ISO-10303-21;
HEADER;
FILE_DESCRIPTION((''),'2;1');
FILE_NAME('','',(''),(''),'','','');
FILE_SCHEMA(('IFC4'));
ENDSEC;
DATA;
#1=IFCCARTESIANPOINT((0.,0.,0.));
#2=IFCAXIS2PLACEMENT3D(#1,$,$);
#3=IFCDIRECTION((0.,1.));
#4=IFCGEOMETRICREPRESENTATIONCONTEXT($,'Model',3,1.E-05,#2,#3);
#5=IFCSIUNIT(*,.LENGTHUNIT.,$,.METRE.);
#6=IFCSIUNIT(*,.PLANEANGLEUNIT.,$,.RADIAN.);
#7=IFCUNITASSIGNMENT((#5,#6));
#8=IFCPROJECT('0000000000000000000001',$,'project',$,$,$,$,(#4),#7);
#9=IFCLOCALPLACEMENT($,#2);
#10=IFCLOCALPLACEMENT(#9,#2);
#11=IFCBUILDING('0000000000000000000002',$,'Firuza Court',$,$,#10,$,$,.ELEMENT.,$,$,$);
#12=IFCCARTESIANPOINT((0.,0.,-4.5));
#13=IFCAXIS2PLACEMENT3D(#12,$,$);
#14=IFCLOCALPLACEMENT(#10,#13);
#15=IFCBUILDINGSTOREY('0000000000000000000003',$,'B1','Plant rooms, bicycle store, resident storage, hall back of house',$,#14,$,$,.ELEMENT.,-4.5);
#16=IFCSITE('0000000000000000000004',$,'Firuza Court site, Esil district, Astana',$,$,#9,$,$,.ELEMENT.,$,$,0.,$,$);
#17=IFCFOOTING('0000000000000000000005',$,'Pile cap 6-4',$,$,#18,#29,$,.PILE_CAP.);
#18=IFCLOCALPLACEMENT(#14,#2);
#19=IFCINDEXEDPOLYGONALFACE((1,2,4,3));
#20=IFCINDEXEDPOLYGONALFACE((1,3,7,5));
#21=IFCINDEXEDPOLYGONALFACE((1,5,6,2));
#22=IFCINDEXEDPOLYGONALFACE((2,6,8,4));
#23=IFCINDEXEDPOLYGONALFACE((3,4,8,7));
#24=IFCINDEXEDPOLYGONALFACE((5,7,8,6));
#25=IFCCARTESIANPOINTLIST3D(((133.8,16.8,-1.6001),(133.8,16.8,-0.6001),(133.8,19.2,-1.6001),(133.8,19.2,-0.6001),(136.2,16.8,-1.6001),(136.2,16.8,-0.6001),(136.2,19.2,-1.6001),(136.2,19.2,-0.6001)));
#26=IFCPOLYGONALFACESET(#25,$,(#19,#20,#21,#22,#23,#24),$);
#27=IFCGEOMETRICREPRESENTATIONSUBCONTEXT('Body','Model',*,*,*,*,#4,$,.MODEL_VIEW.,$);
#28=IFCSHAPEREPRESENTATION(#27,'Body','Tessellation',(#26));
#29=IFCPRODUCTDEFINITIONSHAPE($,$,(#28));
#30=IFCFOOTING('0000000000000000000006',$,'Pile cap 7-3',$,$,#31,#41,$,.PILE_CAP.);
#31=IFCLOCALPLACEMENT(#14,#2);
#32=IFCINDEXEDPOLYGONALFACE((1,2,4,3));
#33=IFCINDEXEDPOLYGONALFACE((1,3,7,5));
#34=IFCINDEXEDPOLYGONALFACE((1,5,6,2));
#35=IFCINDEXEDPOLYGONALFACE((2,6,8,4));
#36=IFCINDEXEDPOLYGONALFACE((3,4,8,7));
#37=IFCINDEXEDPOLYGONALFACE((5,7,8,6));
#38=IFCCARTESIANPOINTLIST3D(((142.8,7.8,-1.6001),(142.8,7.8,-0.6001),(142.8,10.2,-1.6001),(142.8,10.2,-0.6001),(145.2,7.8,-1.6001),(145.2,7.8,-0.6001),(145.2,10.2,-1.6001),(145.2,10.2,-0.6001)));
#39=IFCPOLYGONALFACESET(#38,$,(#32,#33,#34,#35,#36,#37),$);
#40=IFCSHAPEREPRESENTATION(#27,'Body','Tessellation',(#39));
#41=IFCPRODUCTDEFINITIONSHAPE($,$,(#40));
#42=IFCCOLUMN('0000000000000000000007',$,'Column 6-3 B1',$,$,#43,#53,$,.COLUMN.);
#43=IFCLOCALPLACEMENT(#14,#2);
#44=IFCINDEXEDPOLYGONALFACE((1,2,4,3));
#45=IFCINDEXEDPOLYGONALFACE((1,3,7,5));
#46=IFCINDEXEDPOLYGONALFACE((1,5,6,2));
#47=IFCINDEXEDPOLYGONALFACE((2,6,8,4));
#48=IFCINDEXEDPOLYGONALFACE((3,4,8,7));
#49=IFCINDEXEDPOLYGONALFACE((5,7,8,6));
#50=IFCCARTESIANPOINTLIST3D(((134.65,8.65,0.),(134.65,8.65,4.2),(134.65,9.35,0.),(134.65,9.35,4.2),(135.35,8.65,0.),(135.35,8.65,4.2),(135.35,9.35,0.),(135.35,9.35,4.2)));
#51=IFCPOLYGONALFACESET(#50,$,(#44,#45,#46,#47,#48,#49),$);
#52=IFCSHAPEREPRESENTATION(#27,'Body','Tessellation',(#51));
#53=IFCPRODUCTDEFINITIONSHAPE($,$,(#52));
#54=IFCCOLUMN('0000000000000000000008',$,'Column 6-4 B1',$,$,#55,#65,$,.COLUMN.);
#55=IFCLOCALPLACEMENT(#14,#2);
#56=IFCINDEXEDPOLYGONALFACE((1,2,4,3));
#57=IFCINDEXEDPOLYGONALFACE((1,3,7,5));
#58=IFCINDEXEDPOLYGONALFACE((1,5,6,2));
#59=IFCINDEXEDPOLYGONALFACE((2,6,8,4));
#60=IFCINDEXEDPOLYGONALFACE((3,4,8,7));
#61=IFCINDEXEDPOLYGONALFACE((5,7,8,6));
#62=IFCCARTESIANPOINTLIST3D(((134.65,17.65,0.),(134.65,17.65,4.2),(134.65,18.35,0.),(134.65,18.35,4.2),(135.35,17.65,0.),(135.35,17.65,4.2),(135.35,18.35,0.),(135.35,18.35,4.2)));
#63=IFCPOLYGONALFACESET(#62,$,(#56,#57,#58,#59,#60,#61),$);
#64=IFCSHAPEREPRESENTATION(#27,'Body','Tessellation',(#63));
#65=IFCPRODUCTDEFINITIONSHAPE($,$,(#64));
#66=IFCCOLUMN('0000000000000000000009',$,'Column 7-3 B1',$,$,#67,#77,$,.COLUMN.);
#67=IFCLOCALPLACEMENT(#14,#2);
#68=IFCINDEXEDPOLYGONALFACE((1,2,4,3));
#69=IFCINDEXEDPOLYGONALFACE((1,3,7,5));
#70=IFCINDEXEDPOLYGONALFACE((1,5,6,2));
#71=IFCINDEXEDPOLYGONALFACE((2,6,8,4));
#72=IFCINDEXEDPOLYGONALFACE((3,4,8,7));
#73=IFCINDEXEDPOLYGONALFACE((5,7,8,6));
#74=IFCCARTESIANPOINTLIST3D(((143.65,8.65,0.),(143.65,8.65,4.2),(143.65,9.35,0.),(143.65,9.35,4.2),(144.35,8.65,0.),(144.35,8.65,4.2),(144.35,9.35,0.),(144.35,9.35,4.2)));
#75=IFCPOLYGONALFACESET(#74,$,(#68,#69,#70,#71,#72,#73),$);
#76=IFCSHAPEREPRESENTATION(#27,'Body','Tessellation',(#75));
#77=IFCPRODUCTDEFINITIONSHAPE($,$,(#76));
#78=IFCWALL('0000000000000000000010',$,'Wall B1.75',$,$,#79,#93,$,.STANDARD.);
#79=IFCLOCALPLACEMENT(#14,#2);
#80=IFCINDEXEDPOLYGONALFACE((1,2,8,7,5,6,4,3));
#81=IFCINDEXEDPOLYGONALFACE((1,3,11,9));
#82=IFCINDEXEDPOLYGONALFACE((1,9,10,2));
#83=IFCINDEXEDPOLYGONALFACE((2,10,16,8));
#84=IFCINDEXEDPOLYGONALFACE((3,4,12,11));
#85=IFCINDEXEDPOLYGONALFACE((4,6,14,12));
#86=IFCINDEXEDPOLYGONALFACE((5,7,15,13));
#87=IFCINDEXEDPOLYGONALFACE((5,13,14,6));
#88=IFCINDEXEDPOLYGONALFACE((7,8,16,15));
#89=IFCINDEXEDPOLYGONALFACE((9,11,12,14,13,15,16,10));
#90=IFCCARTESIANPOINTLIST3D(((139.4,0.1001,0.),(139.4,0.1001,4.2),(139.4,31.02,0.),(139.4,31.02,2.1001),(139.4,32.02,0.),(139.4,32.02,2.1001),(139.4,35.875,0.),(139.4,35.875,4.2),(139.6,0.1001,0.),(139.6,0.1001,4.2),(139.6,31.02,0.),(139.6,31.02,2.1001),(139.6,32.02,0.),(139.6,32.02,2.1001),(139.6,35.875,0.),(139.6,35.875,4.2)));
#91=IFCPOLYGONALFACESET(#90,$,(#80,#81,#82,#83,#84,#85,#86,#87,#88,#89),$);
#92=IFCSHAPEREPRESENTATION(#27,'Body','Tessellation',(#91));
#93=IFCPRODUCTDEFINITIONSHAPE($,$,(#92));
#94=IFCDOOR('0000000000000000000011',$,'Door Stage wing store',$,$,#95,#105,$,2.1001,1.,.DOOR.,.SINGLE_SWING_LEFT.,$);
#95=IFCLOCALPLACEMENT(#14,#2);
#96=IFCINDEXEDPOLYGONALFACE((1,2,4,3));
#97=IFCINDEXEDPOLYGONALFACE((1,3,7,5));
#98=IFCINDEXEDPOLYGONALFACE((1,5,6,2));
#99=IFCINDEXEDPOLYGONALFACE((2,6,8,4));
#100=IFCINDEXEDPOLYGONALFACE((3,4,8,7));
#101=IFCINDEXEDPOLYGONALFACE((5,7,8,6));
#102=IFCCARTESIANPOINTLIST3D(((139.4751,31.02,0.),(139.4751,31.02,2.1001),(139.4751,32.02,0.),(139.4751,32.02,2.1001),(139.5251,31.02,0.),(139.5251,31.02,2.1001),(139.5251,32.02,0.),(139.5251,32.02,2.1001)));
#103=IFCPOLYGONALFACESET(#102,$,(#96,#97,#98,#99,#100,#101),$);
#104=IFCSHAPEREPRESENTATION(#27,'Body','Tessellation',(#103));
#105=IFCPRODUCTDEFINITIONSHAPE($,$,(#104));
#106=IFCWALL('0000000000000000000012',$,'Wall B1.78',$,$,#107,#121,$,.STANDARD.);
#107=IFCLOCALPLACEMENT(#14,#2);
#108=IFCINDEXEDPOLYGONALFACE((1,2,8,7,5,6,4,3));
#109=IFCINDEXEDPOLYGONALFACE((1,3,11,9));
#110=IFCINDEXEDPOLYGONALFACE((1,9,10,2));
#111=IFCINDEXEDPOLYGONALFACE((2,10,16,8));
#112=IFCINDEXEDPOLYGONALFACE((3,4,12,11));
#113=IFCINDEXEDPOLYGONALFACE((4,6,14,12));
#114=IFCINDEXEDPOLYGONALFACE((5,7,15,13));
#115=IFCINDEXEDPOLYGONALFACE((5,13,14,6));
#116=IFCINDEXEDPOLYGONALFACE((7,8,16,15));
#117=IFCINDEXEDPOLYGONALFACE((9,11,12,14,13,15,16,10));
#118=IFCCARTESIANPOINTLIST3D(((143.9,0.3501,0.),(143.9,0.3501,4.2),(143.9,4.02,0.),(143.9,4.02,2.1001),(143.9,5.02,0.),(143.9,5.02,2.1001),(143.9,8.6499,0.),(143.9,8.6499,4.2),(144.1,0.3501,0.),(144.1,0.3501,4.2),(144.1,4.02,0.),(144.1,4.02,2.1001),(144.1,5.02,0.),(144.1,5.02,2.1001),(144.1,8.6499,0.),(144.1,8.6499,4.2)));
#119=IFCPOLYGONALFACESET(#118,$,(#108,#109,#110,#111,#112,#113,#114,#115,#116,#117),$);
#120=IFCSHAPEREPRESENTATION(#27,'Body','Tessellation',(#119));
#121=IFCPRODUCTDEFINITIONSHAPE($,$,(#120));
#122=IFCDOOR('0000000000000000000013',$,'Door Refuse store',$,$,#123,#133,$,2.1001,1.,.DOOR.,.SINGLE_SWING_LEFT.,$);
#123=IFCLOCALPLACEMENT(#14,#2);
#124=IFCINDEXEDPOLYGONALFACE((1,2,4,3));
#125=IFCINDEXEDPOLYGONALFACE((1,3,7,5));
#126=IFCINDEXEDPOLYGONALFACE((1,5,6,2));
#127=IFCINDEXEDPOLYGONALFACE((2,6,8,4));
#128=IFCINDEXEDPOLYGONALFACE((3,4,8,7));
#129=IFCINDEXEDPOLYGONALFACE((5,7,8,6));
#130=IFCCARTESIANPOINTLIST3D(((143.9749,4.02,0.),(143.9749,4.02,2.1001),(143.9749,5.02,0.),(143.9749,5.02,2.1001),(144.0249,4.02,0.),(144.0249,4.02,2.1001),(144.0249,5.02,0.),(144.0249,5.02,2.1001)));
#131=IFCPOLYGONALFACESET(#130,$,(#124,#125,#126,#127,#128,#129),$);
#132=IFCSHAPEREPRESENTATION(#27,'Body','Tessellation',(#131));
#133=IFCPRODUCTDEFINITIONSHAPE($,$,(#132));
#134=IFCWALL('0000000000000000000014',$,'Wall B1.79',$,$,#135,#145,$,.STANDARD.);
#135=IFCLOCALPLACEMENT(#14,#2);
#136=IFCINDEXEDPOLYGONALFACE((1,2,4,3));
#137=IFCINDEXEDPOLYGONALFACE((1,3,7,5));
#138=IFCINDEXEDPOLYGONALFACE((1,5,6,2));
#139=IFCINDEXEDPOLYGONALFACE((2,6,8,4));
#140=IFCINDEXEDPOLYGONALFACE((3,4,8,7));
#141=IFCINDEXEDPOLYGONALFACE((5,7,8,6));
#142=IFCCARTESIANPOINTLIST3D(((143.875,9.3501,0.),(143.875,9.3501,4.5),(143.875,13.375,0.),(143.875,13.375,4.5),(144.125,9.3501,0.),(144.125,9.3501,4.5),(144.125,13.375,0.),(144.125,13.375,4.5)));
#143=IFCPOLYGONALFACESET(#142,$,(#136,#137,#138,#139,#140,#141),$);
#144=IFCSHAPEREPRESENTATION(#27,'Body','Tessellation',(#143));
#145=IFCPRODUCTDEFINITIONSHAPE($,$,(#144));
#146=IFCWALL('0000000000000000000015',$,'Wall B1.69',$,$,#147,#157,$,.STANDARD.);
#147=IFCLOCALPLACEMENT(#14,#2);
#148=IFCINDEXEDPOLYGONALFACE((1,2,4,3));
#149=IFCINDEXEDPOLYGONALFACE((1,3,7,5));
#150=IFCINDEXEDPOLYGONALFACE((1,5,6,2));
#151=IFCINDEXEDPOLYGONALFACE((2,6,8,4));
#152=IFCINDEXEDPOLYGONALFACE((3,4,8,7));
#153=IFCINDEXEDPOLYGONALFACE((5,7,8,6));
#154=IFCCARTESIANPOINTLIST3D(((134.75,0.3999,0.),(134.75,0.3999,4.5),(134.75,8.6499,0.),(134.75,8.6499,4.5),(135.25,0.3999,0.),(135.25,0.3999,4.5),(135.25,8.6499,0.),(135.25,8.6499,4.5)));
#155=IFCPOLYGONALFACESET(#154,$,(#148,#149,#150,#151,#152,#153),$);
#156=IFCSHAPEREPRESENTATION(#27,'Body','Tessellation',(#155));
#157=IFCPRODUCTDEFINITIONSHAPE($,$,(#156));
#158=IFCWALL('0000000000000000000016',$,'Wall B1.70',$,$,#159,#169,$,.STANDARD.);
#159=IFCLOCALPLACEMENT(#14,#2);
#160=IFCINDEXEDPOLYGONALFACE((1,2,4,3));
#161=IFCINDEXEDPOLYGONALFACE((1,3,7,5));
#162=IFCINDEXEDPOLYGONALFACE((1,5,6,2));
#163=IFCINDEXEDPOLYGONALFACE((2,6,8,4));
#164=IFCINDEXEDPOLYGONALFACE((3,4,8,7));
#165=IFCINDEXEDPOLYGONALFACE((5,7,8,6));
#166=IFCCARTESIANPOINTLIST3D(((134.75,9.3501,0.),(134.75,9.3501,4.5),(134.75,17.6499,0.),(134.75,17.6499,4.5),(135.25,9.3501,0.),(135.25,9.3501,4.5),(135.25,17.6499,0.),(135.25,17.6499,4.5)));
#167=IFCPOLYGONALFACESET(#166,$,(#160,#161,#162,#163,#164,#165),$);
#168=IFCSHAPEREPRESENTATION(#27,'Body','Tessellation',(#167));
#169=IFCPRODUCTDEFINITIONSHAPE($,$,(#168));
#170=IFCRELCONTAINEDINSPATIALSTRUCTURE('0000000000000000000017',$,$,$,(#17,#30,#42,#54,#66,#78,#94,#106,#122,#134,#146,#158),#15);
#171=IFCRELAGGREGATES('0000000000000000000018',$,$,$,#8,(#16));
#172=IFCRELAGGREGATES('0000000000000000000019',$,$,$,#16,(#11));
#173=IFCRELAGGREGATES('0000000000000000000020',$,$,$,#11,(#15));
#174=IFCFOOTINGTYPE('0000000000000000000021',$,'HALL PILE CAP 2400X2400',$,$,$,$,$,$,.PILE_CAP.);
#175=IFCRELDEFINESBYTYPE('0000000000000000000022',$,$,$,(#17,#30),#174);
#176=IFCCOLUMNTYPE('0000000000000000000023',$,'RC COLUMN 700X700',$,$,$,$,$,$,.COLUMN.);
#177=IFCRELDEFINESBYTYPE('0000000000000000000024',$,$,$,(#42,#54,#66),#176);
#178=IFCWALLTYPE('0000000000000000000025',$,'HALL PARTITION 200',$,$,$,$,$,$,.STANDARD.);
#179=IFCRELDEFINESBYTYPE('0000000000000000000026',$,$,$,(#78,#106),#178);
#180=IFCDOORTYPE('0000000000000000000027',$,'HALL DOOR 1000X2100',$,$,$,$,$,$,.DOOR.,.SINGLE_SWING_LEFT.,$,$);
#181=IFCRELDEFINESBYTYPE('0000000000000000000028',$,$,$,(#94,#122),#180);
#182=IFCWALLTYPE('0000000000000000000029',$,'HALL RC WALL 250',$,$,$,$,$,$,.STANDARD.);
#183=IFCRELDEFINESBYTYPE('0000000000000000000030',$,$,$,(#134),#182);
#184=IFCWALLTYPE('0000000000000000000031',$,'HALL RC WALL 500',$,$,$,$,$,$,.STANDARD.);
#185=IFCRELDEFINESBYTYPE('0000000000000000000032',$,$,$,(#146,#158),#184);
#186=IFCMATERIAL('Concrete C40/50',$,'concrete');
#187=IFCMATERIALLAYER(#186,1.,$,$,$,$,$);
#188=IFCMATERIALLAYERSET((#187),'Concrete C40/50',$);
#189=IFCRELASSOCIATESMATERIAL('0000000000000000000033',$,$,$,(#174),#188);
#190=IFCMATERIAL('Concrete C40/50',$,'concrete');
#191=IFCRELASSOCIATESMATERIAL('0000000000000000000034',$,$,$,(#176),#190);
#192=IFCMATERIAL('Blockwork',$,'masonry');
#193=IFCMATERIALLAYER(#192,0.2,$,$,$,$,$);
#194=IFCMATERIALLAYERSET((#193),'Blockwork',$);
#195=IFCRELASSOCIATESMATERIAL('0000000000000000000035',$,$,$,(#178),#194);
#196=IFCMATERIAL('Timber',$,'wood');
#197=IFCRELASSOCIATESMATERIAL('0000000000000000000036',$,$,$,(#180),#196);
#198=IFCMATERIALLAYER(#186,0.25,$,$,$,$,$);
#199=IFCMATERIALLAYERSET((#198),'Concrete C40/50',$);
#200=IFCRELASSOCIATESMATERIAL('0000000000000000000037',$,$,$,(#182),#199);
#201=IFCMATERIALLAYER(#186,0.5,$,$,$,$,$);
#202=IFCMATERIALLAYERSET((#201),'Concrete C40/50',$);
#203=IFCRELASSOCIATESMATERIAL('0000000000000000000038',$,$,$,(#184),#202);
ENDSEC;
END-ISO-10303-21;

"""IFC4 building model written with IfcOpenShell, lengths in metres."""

from ifc_helpers import new_model, si_unit, direction, frame, frame_2d, origin, origin_2d, place, context, subcontext, project, spatial, rectangle, extrude, material, layer, layer_set, material_profile, profile_set, type_object, element, fill, save


model = new_model("IFC4")

# Units and contexts
model_context = context("Model", 3, precision=1e-05, world=origin(), true_north=direction((0.0, 1.0)))
body_context = subcontext(model_context, "Body", "Model", "MODEL_VIEW")
ifc_project = project(units=[si_unit("LENGTHUNIT", "METRE"), si_unit("PLANEANGLEUNIT", "RADIAN")], contexts=[model_context])

# Site, building, storey
site_placement = place(None, origin())
site = spatial("IfcSite", under=ifc_project, at=site_placement, Name="Firuza Court site, Esil district, Astana", CompositionType="ELEMENT", RefElevation=0.0)
building_placement = place(site_placement, origin())
building = spatial("IfcBuilding", under=site, at=building_placement, Name="Firuza Court", CompositionType="ELEMENT")
storey_placement = place(building_placement, frame((0.0, 0.0, -4.5)))
storey = spatial("IfcBuildingStorey", under=building, at=storey_placement, Name="B1", Description="Plant rooms, bicycle store, resident storage, hall back of house", CompositionType="ELEMENT", Elevation=-4.5)

# Footings
ifc_material_1 = material(Name="Concrete C40/50", Category="concrete")
ifc_layer_1 = layer(ifc_material_1, 1.0)
ifc_layer_set_1 = layer_set([ifc_layer_1], Name="Concrete C40/50")
footing_type = type_object("IfcFootingType", Name="HALL PILE CAP 2400X2400", PredefinedType="PILE_CAP", material=ifc_layer_set_1)
for number, where, z_axis, x_axis, name in (
    (1, (135.0, 18.0, -1.6001), (0.0, 0.0, 1.0), (1.0, 0.0, 0.0), "Pile cap 6-4"),
    (2, (144.0, 9.0, -1.6001), (0.0, 0.0, 1.0), (1.0, 0.0, 0.0), "Pile cap 7-3"),
):
    element("IfcFooting", number, at=place(storey_placement, frame(where, z_axis=z_axis, x_axis=x_axis)), inside=storey, type_object=footing_type, Name=name, PredefinedType="PILE_CAP", context=body_context, shape_type="SweptSolid", body=[
        extrude(rectangle(XDim=2.3999, YDim=2.3999, at=origin_2d()), origin(), (0.0, 0.0, 1.0), 1.0),
    ])

# Columns
ifc_material_2 = material(Name="Concrete C40/50", Category="concrete")
ifc_material_profile_1 = material_profile(ifc_material_2, rectangle(XDim=0.7, YDim=0.7, at=origin_2d()), Name="RC 700X700")
ifc_profile_set_1 = profile_set([ifc_material_profile_1], Name="Concrete C40/50")
column_type = type_object("IfcColumnType", Name="RC COLUMN 700X700", PredefinedType="COLUMN", material=ifc_profile_set_1)
for number, where, z_axis, x_axis, name in (
    (3, (135.0, 9.0, 0.0), (0.0, 0.0, 1.0), (1.0, 0.0, 0.0), "Column 6-3 B1"),
    (4, (135.0, 18.0, 0.0), (0.0, 0.0, 1.0), (1.0, 0.0, 0.0), "Column 6-4 B1"),
    (5, (144.0, 9.0, 0.0), (0.0, 0.0, 1.0), (1.0, 0.0, 0.0), "Column 7-3 B1"),
):
    element("IfcColumn", number, at=place(storey_placement, frame(where, z_axis=z_axis, x_axis=x_axis)), inside=storey, type_object=column_type, Name=name, PredefinedType="COLUMN", context=body_context, shape_type="SweptSolid", body=[
        extrude(rectangle(XDim=0.7, YDim=0.7, at=origin_2d()), origin(), (0.0, 0.0, 1.0), 4.2),
    ])

# Walls, openings, doors
ifc_material_3 = material(Name="Blockwork", Category="masonry")
ifc_layer_2 = layer(ifc_material_3, 0.2)
ifc_layer_set_2 = layer_set([ifc_layer_2], Name="Blockwork")
wall_type_1 = type_object("IfcWallType", Name="HALL PARTITION 200", PredefinedType="STANDARD", material=ifc_layer_set_2)
wall_1_placement = place(storey_placement, frame((139.5, 0.1001, 0.0), z_axis=(0.0, 0.0, 1.0), x_axis=(0.0, 1.0, 0.0)))
wall_1 = element("IfcWall", 6, at=wall_1_placement, inside=storey, type_object=wall_type_1, Name="Wall B1.75", PredefinedType="STANDARD", context=body_context, shape_type="SweptSolid", body=[
    extrude(rectangle(XDim=35.7749, YDim=0.2, at=frame_2d((17.8875, 0.0))), origin(), (0.0, 0.0, 1.0), 4.2),
])
opening_1_placement = place(wall_1_placement, frame((30.9199, 0.0, 0.0)))
opening_1 = element("IfcOpeningElement", 7, at=opening_1_placement, cuts=wall_1, PredefinedType="OPENING", context=body_context, shape_type="SweptSolid", body=[
    extrude(rectangle(XDim=1.0, YDim=2.1001, at=frame_2d((0.5, 1.05))), frame((0.0, 0.1118, 0.0), z_axis=(0.0, -1.0, 0.0), x_axis=(1.0, 0.0, 0.0)), (0.0, 0.0, 1.0), 0.2239),
])
ifc_material_4 = material(Name="Timber", Category="wood")
door_type = type_object("IfcDoorType", Name="HALL DOOR 1000X2100", OperationType="SINGLE_SWING_LEFT", PredefinedType="DOOR", material=ifc_material_4)
door_1_placement = place(opening_1_placement, origin())
door_1 = element("IfcDoor", 8, at=door_1_placement, inside=storey, type_object=door_type, Name="Door Stage wing store", OperationType="SINGLE_SWING_LEFT", OverallHeight=2.1001, OverallWidth=1.0, PredefinedType="DOOR", context=body_context, shape_type="SweptSolid", body=[
    extrude(rectangle(XDim=1.0, YDim=2.1001, at=frame_2d((0.5, 1.05))), frame((0.0, 0.0249, 0.0), z_axis=(0.0, -1.0, 0.0), x_axis=(1.0, 0.0, 0.0)), (0.0, 0.0, 1.0), 0.05),
])
fill(opening_1, door_1)
wall_2_placement = place(storey_placement, frame((144.0, 0.3501, 0.0), z_axis=(0.0, 0.0, 1.0), x_axis=(0.0, 1.0, 0.0)))
wall_2 = element("IfcWall", 9, at=wall_2_placement, inside=storey, type_object=wall_type_1, Name="Wall B1.78", PredefinedType="STANDARD", context=body_context, shape_type="SweptSolid", body=[
    extrude(rectangle(XDim=8.2998, YDim=0.2, at=frame_2d((4.1499, 0.0))), origin(), (0.0, 0.0, 1.0), 4.2),
])
opening_2_placement = place(wall_2_placement, frame((3.6699, 0.0, 0.0)))
opening_2 = element("IfcOpeningElement", 10, at=opening_2_placement, cuts=wall_2, PredefinedType="OPENING", context=body_context, shape_type="SweptSolid", body=[
    extrude(rectangle(XDim=1.0, YDim=2.1001, at=frame_2d((0.5, 1.05))), frame((0.0, 0.1118, 0.0), z_axis=(0.0, -1.0, 0.0), x_axis=(1.0, 0.0, 0.0)), (0.0, 0.0, 1.0), 0.2239),
])
door_2_placement = place(opening_2_placement, frame((1.0, 0.0, 0.0), z_axis=(0.0, 0.0, 1.0), x_axis=(-1.0, 0.0, 0.0)))
door_2 = element("IfcDoor", 11, at=door_2_placement, inside=storey, type_object=door_type, Name="Door Refuse store", OperationType="SINGLE_SWING_LEFT", OverallHeight=2.1001, OverallWidth=1.0, PredefinedType="DOOR", context=body_context, shape_type="SweptSolid", body=[
    extrude(rectangle(XDim=1.0, YDim=2.1001, at=frame_2d((0.5, 1.05))), frame((0.0, 0.0249, 0.0), z_axis=(0.0, -1.0, 0.0), x_axis=(1.0, 0.0, 0.0)), (0.0, 0.0, 1.0), 0.05),
])
fill(opening_2, door_2)

# Walls
ifc_layer_3 = layer(ifc_material_1, 0.25)
ifc_layer_set_3 = layer_set([ifc_layer_3], Name="Concrete C40/50")
wall_type_2 = type_object("IfcWallType", Name="HALL RC WALL 250", PredefinedType="STANDARD", material=ifc_layer_set_3)
wall_3_placement = place(storey_placement, frame((144.0, 9.3501, 0.0), z_axis=(0.0, 0.0, 1.0), x_axis=(0.0, 1.0, 0.0)))
element("IfcWall", 12, at=wall_3_placement, inside=storey, type_object=wall_type_2, Name="Wall B1.79", PredefinedType="STANDARD", context=body_context, shape_type="SweptSolid", body=[
    extrude(rectangle(XDim=4.0249, YDim=0.25, at=frame_2d((2.0125, 0.0))), origin(), (0.0, 0.0, 1.0), 4.5),
])
ifc_layer_4 = layer(ifc_material_1, 0.5)
ifc_layer_set_4 = layer_set([ifc_layer_4], Name="Concrete C40/50")
wall_type_3 = type_object("IfcWallType", Name="HALL RC WALL 500", PredefinedType="STANDARD", material=ifc_layer_set_4)
wall_4_placement = place(storey_placement, frame((135.0, 0.3999, 0.0), z_axis=(0.0, 0.0, 1.0), x_axis=(0.0, 1.0, 0.0)))
element("IfcWall", 13, at=wall_4_placement, inside=storey, type_object=wall_type_3, Name="Wall B1.69", PredefinedType="STANDARD", context=body_context, shape_type="SweptSolid", body=[
    extrude(rectangle(XDim=8.25, YDim=0.5, at=frame_2d((4.125, 0.0))), origin(), (0.0, 0.0, 1.0), 4.5),
])
wall_5_placement = place(storey_placement, frame((135.0, 9.3501, 0.0), z_axis=(0.0, 0.0, 1.0), x_axis=(0.0, 1.0, 0.0)))
element("IfcWall", 14, at=wall_5_placement, inside=storey, type_object=wall_type_3, Name="Wall B1.70", PredefinedType="STANDARD", context=body_context, shape_type="SweptSolid", body=[
    extrude(rectangle(XDim=8.2998, YDim=0.5, at=frame_2d((4.1499, 0.0))), origin(), (0.0, 0.0, 1.0), 4.5),
])

save(model, "model.ifc")
